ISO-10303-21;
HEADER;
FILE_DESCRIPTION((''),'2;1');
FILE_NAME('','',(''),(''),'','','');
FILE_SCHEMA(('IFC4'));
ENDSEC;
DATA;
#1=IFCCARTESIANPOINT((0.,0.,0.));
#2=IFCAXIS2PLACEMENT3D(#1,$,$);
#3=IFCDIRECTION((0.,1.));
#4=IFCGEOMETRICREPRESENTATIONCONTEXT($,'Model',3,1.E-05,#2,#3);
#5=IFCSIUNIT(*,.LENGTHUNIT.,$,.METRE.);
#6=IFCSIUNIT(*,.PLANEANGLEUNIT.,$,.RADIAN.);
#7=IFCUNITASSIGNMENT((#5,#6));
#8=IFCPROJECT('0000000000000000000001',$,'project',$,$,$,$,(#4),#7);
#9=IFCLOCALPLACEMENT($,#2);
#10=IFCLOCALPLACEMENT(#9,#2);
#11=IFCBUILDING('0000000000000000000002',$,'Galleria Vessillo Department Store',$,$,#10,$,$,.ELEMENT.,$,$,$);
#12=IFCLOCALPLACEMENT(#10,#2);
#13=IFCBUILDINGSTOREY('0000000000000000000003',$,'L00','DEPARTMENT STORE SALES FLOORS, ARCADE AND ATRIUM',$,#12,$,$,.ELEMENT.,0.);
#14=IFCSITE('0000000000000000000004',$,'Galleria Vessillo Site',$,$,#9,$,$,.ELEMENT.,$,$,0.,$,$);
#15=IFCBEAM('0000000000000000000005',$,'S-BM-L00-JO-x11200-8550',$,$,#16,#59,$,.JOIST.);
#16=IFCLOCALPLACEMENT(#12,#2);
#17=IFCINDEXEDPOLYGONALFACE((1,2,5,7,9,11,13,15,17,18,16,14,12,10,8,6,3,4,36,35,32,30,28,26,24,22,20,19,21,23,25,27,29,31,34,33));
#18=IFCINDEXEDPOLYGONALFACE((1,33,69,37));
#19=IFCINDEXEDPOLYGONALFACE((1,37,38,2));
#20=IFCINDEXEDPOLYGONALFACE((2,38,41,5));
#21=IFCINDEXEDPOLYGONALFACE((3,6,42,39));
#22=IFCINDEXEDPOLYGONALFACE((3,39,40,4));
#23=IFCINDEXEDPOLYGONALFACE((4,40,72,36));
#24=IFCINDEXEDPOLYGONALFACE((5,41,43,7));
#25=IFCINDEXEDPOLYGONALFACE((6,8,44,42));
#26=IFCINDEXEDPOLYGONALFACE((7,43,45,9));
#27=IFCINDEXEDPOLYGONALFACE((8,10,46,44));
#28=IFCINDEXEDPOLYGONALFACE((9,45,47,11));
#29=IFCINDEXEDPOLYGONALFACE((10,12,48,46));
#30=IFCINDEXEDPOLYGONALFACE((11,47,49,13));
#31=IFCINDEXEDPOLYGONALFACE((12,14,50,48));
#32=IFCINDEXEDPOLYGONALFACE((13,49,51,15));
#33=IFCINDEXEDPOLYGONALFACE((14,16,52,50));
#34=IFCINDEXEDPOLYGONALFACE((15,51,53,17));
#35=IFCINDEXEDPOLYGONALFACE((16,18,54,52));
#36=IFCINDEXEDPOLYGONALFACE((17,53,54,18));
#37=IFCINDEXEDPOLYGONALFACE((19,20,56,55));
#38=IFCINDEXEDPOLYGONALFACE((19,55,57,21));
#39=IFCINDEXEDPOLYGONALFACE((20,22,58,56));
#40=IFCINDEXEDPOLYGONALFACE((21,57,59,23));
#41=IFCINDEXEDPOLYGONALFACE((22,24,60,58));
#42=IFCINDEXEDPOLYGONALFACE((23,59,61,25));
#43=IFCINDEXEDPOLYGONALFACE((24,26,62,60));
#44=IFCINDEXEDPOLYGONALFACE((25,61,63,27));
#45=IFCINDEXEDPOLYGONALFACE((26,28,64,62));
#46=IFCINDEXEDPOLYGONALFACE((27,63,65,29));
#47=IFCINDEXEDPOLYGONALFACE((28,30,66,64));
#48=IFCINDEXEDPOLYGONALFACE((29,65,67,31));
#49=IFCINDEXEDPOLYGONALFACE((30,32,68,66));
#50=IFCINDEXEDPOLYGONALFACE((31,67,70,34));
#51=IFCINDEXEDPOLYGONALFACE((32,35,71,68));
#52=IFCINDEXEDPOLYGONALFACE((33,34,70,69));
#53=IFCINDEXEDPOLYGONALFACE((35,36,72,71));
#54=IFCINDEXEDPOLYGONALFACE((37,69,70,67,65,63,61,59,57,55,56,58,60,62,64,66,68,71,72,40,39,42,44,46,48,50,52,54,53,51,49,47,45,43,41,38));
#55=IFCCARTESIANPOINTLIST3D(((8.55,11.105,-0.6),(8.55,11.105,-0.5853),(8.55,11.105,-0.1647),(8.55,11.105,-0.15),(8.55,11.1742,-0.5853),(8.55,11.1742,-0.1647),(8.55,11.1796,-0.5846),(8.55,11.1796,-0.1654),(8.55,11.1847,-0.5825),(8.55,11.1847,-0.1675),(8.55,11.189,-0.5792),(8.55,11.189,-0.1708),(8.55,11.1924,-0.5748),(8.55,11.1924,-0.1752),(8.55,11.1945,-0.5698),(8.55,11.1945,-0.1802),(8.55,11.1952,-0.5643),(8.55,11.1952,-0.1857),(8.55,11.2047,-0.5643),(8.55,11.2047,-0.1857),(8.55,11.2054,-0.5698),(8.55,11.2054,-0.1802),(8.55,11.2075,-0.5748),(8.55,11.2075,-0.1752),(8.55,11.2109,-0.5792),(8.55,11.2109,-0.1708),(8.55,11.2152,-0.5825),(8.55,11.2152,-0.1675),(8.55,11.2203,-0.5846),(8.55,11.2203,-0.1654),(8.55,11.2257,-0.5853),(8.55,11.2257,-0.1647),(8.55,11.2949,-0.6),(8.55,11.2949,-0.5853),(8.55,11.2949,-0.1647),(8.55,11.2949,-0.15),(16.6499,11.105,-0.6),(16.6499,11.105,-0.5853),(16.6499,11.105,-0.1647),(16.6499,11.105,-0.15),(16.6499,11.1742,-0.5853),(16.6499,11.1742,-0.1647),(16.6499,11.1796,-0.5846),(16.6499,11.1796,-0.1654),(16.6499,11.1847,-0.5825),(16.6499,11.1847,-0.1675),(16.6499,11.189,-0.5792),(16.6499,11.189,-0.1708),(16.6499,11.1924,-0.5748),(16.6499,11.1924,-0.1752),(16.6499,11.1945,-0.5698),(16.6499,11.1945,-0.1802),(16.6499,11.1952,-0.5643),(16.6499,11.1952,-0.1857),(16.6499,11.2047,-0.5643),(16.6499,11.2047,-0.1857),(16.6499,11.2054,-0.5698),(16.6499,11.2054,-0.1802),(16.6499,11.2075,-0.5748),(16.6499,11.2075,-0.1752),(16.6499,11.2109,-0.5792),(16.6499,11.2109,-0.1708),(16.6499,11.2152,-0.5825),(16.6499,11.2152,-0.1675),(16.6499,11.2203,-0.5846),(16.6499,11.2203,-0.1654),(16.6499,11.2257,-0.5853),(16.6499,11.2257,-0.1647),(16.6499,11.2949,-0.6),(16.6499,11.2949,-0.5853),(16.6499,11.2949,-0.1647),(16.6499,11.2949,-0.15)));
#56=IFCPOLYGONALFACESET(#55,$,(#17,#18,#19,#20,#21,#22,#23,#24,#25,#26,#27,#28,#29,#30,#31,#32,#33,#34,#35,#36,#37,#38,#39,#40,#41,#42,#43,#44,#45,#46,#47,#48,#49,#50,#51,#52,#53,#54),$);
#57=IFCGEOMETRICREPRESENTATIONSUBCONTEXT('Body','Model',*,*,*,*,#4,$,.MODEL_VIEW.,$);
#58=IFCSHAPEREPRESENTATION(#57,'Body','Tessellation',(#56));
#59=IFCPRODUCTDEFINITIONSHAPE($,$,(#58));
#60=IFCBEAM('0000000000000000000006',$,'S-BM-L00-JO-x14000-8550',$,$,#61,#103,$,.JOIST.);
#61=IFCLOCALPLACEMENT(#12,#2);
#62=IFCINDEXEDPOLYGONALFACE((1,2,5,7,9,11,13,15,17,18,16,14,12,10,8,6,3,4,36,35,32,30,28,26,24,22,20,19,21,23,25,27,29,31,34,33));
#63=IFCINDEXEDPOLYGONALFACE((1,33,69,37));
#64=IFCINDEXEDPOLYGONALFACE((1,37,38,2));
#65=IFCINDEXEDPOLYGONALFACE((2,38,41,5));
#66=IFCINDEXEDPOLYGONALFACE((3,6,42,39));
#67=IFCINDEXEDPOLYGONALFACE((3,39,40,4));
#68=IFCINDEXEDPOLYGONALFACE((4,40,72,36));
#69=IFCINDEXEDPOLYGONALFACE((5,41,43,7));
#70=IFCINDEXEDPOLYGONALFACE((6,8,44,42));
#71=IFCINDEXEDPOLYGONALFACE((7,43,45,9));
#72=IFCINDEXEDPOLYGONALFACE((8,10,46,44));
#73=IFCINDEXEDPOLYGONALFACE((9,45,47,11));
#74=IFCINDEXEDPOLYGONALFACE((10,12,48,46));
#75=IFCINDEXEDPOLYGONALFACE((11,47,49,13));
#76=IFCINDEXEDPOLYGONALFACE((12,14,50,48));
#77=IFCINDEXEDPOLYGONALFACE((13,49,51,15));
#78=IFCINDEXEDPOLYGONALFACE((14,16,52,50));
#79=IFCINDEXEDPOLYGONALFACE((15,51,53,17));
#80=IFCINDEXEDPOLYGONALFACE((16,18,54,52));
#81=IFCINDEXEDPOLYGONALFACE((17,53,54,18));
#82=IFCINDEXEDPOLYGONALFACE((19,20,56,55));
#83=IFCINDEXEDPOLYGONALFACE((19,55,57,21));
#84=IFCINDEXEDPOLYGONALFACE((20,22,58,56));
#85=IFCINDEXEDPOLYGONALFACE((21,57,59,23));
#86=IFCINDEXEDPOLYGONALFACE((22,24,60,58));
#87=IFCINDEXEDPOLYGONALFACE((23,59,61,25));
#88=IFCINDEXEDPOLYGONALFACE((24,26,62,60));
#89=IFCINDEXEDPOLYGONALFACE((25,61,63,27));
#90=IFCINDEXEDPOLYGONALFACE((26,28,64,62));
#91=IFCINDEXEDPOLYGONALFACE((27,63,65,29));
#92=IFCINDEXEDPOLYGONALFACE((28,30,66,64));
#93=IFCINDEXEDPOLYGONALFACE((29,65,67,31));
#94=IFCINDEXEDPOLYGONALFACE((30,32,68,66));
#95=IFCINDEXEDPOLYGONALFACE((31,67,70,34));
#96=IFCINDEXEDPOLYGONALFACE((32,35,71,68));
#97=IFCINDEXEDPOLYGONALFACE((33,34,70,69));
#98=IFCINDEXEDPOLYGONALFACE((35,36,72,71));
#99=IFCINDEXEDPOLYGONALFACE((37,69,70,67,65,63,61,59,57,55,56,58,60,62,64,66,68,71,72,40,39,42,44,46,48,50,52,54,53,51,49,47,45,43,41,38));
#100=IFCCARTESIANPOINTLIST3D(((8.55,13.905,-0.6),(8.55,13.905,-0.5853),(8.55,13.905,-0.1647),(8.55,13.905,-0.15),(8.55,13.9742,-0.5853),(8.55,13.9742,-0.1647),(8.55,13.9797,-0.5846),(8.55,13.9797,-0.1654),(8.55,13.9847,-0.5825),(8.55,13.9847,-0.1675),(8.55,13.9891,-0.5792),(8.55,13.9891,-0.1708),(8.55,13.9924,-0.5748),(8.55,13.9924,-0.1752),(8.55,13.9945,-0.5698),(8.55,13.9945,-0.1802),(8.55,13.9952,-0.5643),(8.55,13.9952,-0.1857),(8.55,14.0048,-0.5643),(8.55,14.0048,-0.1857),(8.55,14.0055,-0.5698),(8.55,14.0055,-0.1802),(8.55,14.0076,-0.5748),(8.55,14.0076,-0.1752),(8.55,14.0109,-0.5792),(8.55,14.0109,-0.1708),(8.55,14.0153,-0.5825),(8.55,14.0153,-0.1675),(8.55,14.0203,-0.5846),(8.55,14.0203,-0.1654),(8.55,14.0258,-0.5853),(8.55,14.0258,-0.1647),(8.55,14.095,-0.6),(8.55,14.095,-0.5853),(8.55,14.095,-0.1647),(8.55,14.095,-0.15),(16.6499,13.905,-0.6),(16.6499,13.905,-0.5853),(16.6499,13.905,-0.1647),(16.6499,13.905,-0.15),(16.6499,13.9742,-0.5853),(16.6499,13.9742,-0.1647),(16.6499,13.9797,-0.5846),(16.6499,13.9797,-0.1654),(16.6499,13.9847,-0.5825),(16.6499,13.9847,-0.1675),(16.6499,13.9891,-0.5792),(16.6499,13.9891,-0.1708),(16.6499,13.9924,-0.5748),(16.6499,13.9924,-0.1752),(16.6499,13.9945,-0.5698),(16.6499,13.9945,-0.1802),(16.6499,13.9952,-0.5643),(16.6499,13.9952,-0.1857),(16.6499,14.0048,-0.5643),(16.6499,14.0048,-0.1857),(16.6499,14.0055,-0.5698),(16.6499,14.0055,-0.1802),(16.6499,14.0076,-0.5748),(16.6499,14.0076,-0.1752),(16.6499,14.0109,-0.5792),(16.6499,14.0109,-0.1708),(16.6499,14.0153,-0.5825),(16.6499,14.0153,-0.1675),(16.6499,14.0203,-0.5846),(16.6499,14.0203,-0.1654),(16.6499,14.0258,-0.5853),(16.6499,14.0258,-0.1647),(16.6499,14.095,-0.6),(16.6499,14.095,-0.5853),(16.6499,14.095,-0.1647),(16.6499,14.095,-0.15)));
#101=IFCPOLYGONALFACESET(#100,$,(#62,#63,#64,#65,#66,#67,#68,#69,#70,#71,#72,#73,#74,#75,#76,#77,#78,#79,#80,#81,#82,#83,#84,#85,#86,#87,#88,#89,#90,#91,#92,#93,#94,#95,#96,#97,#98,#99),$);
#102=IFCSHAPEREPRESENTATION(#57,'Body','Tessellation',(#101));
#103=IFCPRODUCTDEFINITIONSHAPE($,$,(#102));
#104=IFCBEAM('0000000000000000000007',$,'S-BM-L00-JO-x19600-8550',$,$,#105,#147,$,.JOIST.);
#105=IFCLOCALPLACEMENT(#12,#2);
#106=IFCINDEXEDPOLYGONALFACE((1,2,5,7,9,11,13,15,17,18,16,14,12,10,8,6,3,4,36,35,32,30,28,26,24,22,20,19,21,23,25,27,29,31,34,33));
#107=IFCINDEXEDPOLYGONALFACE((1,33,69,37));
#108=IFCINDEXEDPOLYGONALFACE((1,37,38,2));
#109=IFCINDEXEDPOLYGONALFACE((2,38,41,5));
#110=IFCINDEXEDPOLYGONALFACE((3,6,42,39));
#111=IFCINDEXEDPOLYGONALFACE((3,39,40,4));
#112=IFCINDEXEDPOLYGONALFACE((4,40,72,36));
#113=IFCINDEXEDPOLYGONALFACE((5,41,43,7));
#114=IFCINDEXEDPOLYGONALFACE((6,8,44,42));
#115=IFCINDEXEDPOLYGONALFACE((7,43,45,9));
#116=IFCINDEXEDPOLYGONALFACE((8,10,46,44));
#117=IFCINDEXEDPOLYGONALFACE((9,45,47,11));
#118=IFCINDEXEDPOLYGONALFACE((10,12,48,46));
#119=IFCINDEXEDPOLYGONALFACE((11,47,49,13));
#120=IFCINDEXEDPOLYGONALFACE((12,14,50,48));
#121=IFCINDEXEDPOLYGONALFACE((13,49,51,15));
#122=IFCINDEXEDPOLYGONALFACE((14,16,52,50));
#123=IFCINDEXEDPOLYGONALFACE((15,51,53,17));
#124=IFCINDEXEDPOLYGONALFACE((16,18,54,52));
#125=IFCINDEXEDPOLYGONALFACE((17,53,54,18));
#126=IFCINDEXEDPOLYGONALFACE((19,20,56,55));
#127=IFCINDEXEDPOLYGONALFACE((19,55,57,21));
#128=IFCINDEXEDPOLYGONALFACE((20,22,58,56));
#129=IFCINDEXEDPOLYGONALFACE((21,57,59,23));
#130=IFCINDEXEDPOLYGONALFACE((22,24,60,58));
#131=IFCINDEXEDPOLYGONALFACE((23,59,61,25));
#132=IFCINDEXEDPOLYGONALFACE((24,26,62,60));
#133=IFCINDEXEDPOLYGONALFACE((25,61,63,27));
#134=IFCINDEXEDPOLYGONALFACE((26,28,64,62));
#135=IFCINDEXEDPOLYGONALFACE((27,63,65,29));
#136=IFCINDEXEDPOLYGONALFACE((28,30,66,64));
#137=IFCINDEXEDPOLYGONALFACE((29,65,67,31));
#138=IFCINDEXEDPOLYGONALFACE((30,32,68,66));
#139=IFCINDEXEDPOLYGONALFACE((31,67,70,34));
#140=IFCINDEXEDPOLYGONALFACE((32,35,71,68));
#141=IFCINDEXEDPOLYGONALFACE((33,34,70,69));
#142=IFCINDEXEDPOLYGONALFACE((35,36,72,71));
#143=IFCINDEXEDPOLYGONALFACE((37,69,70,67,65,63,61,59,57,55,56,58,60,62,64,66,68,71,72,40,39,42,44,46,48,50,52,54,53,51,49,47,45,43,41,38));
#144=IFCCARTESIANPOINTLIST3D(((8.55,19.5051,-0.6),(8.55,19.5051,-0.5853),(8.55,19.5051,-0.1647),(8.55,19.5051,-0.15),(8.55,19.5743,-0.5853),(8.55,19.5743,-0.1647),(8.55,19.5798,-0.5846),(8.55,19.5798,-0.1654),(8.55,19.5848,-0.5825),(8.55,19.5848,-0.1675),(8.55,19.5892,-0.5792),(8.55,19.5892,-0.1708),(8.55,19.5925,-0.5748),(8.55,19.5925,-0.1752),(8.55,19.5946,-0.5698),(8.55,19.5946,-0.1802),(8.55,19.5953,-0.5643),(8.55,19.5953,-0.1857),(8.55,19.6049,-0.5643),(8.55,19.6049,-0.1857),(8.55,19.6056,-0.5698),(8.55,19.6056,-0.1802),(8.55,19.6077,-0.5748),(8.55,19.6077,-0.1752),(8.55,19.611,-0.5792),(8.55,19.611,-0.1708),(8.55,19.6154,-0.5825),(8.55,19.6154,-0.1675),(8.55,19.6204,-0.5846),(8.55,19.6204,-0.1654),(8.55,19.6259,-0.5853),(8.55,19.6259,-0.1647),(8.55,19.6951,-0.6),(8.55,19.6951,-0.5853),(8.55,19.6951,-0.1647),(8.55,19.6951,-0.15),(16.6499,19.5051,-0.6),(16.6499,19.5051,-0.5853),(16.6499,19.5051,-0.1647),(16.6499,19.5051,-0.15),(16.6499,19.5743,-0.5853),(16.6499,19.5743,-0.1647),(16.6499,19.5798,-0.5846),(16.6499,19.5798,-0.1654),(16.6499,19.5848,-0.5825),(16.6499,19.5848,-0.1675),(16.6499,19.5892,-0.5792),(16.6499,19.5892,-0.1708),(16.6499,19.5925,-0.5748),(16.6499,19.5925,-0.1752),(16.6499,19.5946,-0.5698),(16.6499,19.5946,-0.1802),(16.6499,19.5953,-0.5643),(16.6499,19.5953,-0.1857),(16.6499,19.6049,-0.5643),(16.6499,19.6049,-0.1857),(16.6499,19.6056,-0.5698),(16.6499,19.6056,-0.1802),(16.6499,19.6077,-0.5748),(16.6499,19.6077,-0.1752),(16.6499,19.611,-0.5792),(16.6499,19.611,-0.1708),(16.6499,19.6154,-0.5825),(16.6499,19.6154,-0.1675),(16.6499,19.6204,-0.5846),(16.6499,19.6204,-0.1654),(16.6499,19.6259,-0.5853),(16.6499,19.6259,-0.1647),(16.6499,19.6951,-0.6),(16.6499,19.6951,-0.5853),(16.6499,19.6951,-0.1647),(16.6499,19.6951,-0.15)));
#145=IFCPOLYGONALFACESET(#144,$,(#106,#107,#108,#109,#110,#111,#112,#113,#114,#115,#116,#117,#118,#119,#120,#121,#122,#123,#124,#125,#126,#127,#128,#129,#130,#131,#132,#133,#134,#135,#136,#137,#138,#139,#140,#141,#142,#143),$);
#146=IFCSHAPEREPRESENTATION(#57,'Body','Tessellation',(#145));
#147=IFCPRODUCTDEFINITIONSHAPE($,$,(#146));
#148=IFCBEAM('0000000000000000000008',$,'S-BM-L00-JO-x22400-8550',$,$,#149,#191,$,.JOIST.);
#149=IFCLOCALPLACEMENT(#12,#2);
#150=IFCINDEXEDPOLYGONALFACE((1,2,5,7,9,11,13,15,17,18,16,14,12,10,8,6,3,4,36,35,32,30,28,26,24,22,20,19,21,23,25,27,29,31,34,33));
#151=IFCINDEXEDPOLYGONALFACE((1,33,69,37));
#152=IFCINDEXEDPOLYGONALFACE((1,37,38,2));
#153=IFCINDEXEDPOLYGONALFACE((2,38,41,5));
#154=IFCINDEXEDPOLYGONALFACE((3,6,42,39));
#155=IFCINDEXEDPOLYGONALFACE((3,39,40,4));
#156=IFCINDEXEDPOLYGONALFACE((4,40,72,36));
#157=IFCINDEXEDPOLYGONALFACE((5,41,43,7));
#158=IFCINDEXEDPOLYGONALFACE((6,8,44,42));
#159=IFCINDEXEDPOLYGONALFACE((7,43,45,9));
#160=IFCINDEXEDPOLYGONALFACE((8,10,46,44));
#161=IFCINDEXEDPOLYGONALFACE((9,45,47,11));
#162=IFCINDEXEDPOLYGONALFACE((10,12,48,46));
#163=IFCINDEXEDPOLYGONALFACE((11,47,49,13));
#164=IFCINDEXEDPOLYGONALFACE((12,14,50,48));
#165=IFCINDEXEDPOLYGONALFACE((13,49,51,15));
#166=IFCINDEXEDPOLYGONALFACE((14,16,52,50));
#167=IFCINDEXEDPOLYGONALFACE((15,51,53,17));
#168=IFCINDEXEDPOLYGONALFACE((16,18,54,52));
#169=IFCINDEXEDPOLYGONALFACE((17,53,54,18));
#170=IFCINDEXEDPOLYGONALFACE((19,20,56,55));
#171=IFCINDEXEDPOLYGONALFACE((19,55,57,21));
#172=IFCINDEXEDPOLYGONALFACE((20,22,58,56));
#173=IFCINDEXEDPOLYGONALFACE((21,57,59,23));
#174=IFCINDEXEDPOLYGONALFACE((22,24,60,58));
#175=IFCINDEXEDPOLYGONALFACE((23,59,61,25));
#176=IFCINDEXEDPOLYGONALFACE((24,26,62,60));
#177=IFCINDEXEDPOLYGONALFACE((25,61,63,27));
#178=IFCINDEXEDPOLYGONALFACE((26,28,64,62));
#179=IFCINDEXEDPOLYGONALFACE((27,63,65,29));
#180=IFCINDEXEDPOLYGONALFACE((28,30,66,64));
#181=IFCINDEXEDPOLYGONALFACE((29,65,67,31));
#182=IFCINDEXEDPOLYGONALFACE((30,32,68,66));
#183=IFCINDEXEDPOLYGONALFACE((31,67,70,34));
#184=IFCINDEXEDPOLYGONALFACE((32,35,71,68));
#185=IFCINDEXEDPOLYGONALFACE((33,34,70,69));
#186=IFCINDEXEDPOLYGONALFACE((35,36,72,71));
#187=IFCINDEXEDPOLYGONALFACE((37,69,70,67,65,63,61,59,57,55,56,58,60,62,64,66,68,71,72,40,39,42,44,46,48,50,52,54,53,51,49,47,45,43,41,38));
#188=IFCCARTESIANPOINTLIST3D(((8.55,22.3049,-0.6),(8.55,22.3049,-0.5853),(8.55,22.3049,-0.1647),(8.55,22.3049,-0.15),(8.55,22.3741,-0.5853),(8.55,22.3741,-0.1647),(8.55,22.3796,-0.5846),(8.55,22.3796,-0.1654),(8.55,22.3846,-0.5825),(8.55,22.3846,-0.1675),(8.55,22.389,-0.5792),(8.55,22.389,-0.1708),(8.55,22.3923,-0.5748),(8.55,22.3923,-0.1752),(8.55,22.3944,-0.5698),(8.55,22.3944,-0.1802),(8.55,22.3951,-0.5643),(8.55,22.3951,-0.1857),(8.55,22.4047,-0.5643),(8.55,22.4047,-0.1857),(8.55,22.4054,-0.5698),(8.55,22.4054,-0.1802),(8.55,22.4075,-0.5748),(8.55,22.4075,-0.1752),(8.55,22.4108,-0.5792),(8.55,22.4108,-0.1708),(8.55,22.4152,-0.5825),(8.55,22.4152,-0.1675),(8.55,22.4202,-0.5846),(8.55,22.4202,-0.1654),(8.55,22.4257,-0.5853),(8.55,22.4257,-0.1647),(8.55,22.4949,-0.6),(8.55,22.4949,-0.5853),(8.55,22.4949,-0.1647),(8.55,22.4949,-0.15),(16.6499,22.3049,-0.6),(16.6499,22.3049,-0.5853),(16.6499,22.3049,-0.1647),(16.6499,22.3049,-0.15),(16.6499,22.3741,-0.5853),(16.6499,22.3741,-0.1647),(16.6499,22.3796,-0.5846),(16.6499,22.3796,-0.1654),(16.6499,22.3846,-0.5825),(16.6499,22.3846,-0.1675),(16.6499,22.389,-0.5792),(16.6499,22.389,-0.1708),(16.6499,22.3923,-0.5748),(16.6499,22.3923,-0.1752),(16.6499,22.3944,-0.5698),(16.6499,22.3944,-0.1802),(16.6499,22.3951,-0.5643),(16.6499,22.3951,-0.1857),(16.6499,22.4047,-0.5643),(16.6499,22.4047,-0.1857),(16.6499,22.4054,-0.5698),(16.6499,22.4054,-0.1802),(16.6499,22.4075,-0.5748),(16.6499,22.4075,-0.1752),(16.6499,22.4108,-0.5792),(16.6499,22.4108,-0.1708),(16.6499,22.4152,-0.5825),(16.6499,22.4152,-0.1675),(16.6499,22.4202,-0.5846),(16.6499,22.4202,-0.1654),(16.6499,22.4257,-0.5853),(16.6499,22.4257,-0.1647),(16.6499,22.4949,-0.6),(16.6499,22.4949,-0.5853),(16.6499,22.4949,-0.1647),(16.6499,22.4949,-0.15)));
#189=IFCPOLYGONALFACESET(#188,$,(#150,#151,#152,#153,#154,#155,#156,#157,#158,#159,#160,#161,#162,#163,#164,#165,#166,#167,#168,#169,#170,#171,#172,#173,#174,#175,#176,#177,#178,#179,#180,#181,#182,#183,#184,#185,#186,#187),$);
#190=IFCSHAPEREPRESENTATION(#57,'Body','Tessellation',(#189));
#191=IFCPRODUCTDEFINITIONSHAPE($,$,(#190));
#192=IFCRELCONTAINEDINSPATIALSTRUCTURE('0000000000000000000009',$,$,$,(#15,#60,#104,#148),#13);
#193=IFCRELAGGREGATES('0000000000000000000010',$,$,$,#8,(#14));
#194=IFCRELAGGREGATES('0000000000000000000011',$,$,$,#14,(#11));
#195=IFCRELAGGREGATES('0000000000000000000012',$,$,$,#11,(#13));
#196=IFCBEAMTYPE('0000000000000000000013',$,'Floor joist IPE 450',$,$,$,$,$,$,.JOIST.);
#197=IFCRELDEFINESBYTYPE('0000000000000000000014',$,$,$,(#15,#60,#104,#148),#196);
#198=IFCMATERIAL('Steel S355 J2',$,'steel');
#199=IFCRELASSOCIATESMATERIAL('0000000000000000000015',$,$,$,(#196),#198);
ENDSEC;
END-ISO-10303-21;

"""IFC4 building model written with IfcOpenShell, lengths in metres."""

from ifc_helpers import new_model, si_unit, direction, frame, origin, origin_2d, place, context, subcontext, project, spatial, i_section, extrude, material, material_profile, profile_set, type_object, element, save


model = new_model("IFC4")

# Units and contexts
model_context = context("Model", 3, precision=1e-05, world=origin(), true_north=direction((0.0, 1.0)))
body_context = subcontext(model_context, "Body", "Model", "MODEL_VIEW")
ifc_project = project(units=[si_unit("LENGTHUNIT", "METRE"), si_unit("PLANEANGLEUNIT", "RADIAN")], contexts=[model_context])

# Site, building, storey
site_placement = place(None, origin())
site = spatial("IfcSite", under=ifc_project, at=site_placement, Name="Galleria Vessillo Site", CompositionType="ELEMENT", RefElevation=0.0)
building_placement = place(site_placement, origin())
building = spatial("IfcBuilding", under=site, at=building_placement, Name="Galleria Vessillo Department Store", CompositionType="ELEMENT")
storey_placement = place(building_placement, origin())
storey = spatial("IfcBuildingStorey", under=building, at=storey_placement, Name="L00", Description="DEPARTMENT STORE SALES FLOORS, ARCADE AND ATRIUM", CompositionType="ELEMENT", Elevation=0.0)

# Beams
ifc_material_1 = material(Name="Steel S355 J2", Category="steel")
ifc_material_profile_1 = material_profile(ifc_material_1, i_section(OverallWidth=0.1899, OverallDepth=0.45, WebThickness=0.0095, FlangeThickness=0.0146, FilletRadius=0.021, at=origin_2d()), Name="IPE 450")
ifc_profile_set_1 = profile_set([ifc_material_profile_1], Name="Steel S355 J2")
beam_type_1 = type_object("IfcBeamType", Name="Floor joist IPE 450", PredefinedType="JOIST", material=ifc_profile_set_1)
for number, where, z_axis, x_axis, name in (
    (1, (8.55, 11.2, -0.375), (1.0, 0.0, 0.0), (0.0, 1.0, 0.0), "S-BM-L00-JO-x11200-8550"),
    (2, (8.55, 14.0, -0.375), (1.0, 0.0, 0.0), (0.0, 1.0, 0.0), "S-BM-L00-JO-x14000-8550"),
    (3, (8.55, 19.6001, -0.375), (1.0, 0.0, 0.0), (0.0, 1.0, 0.0), "S-BM-L00-JO-x19600-8550"),
    (4, (8.55, 22.3999, -0.375), (1.0, 0.0, 0.0), (0.0, 1.0, 0.0), "S-BM-L00-JO-x22400-8550"),
):
    element("IfcBeam", number, at=place(storey_placement, frame(where, z_axis=z_axis, x_axis=x_axis)), inside=storey, type_object=beam_type_1, Name=name, PredefinedType="JOIST", context=body_context, shape_type="SweptSolid", body=[
        extrude(i_section(OverallWidth=0.1899, OverallDepth=0.45, WebThickness=0.0095, FlangeThickness=0.0146, FilletRadius=0.021, at=origin_2d()), origin(), (0.0, 0.0, 1.0), 8.0999),
    ])

save(model, "model.ifc")
